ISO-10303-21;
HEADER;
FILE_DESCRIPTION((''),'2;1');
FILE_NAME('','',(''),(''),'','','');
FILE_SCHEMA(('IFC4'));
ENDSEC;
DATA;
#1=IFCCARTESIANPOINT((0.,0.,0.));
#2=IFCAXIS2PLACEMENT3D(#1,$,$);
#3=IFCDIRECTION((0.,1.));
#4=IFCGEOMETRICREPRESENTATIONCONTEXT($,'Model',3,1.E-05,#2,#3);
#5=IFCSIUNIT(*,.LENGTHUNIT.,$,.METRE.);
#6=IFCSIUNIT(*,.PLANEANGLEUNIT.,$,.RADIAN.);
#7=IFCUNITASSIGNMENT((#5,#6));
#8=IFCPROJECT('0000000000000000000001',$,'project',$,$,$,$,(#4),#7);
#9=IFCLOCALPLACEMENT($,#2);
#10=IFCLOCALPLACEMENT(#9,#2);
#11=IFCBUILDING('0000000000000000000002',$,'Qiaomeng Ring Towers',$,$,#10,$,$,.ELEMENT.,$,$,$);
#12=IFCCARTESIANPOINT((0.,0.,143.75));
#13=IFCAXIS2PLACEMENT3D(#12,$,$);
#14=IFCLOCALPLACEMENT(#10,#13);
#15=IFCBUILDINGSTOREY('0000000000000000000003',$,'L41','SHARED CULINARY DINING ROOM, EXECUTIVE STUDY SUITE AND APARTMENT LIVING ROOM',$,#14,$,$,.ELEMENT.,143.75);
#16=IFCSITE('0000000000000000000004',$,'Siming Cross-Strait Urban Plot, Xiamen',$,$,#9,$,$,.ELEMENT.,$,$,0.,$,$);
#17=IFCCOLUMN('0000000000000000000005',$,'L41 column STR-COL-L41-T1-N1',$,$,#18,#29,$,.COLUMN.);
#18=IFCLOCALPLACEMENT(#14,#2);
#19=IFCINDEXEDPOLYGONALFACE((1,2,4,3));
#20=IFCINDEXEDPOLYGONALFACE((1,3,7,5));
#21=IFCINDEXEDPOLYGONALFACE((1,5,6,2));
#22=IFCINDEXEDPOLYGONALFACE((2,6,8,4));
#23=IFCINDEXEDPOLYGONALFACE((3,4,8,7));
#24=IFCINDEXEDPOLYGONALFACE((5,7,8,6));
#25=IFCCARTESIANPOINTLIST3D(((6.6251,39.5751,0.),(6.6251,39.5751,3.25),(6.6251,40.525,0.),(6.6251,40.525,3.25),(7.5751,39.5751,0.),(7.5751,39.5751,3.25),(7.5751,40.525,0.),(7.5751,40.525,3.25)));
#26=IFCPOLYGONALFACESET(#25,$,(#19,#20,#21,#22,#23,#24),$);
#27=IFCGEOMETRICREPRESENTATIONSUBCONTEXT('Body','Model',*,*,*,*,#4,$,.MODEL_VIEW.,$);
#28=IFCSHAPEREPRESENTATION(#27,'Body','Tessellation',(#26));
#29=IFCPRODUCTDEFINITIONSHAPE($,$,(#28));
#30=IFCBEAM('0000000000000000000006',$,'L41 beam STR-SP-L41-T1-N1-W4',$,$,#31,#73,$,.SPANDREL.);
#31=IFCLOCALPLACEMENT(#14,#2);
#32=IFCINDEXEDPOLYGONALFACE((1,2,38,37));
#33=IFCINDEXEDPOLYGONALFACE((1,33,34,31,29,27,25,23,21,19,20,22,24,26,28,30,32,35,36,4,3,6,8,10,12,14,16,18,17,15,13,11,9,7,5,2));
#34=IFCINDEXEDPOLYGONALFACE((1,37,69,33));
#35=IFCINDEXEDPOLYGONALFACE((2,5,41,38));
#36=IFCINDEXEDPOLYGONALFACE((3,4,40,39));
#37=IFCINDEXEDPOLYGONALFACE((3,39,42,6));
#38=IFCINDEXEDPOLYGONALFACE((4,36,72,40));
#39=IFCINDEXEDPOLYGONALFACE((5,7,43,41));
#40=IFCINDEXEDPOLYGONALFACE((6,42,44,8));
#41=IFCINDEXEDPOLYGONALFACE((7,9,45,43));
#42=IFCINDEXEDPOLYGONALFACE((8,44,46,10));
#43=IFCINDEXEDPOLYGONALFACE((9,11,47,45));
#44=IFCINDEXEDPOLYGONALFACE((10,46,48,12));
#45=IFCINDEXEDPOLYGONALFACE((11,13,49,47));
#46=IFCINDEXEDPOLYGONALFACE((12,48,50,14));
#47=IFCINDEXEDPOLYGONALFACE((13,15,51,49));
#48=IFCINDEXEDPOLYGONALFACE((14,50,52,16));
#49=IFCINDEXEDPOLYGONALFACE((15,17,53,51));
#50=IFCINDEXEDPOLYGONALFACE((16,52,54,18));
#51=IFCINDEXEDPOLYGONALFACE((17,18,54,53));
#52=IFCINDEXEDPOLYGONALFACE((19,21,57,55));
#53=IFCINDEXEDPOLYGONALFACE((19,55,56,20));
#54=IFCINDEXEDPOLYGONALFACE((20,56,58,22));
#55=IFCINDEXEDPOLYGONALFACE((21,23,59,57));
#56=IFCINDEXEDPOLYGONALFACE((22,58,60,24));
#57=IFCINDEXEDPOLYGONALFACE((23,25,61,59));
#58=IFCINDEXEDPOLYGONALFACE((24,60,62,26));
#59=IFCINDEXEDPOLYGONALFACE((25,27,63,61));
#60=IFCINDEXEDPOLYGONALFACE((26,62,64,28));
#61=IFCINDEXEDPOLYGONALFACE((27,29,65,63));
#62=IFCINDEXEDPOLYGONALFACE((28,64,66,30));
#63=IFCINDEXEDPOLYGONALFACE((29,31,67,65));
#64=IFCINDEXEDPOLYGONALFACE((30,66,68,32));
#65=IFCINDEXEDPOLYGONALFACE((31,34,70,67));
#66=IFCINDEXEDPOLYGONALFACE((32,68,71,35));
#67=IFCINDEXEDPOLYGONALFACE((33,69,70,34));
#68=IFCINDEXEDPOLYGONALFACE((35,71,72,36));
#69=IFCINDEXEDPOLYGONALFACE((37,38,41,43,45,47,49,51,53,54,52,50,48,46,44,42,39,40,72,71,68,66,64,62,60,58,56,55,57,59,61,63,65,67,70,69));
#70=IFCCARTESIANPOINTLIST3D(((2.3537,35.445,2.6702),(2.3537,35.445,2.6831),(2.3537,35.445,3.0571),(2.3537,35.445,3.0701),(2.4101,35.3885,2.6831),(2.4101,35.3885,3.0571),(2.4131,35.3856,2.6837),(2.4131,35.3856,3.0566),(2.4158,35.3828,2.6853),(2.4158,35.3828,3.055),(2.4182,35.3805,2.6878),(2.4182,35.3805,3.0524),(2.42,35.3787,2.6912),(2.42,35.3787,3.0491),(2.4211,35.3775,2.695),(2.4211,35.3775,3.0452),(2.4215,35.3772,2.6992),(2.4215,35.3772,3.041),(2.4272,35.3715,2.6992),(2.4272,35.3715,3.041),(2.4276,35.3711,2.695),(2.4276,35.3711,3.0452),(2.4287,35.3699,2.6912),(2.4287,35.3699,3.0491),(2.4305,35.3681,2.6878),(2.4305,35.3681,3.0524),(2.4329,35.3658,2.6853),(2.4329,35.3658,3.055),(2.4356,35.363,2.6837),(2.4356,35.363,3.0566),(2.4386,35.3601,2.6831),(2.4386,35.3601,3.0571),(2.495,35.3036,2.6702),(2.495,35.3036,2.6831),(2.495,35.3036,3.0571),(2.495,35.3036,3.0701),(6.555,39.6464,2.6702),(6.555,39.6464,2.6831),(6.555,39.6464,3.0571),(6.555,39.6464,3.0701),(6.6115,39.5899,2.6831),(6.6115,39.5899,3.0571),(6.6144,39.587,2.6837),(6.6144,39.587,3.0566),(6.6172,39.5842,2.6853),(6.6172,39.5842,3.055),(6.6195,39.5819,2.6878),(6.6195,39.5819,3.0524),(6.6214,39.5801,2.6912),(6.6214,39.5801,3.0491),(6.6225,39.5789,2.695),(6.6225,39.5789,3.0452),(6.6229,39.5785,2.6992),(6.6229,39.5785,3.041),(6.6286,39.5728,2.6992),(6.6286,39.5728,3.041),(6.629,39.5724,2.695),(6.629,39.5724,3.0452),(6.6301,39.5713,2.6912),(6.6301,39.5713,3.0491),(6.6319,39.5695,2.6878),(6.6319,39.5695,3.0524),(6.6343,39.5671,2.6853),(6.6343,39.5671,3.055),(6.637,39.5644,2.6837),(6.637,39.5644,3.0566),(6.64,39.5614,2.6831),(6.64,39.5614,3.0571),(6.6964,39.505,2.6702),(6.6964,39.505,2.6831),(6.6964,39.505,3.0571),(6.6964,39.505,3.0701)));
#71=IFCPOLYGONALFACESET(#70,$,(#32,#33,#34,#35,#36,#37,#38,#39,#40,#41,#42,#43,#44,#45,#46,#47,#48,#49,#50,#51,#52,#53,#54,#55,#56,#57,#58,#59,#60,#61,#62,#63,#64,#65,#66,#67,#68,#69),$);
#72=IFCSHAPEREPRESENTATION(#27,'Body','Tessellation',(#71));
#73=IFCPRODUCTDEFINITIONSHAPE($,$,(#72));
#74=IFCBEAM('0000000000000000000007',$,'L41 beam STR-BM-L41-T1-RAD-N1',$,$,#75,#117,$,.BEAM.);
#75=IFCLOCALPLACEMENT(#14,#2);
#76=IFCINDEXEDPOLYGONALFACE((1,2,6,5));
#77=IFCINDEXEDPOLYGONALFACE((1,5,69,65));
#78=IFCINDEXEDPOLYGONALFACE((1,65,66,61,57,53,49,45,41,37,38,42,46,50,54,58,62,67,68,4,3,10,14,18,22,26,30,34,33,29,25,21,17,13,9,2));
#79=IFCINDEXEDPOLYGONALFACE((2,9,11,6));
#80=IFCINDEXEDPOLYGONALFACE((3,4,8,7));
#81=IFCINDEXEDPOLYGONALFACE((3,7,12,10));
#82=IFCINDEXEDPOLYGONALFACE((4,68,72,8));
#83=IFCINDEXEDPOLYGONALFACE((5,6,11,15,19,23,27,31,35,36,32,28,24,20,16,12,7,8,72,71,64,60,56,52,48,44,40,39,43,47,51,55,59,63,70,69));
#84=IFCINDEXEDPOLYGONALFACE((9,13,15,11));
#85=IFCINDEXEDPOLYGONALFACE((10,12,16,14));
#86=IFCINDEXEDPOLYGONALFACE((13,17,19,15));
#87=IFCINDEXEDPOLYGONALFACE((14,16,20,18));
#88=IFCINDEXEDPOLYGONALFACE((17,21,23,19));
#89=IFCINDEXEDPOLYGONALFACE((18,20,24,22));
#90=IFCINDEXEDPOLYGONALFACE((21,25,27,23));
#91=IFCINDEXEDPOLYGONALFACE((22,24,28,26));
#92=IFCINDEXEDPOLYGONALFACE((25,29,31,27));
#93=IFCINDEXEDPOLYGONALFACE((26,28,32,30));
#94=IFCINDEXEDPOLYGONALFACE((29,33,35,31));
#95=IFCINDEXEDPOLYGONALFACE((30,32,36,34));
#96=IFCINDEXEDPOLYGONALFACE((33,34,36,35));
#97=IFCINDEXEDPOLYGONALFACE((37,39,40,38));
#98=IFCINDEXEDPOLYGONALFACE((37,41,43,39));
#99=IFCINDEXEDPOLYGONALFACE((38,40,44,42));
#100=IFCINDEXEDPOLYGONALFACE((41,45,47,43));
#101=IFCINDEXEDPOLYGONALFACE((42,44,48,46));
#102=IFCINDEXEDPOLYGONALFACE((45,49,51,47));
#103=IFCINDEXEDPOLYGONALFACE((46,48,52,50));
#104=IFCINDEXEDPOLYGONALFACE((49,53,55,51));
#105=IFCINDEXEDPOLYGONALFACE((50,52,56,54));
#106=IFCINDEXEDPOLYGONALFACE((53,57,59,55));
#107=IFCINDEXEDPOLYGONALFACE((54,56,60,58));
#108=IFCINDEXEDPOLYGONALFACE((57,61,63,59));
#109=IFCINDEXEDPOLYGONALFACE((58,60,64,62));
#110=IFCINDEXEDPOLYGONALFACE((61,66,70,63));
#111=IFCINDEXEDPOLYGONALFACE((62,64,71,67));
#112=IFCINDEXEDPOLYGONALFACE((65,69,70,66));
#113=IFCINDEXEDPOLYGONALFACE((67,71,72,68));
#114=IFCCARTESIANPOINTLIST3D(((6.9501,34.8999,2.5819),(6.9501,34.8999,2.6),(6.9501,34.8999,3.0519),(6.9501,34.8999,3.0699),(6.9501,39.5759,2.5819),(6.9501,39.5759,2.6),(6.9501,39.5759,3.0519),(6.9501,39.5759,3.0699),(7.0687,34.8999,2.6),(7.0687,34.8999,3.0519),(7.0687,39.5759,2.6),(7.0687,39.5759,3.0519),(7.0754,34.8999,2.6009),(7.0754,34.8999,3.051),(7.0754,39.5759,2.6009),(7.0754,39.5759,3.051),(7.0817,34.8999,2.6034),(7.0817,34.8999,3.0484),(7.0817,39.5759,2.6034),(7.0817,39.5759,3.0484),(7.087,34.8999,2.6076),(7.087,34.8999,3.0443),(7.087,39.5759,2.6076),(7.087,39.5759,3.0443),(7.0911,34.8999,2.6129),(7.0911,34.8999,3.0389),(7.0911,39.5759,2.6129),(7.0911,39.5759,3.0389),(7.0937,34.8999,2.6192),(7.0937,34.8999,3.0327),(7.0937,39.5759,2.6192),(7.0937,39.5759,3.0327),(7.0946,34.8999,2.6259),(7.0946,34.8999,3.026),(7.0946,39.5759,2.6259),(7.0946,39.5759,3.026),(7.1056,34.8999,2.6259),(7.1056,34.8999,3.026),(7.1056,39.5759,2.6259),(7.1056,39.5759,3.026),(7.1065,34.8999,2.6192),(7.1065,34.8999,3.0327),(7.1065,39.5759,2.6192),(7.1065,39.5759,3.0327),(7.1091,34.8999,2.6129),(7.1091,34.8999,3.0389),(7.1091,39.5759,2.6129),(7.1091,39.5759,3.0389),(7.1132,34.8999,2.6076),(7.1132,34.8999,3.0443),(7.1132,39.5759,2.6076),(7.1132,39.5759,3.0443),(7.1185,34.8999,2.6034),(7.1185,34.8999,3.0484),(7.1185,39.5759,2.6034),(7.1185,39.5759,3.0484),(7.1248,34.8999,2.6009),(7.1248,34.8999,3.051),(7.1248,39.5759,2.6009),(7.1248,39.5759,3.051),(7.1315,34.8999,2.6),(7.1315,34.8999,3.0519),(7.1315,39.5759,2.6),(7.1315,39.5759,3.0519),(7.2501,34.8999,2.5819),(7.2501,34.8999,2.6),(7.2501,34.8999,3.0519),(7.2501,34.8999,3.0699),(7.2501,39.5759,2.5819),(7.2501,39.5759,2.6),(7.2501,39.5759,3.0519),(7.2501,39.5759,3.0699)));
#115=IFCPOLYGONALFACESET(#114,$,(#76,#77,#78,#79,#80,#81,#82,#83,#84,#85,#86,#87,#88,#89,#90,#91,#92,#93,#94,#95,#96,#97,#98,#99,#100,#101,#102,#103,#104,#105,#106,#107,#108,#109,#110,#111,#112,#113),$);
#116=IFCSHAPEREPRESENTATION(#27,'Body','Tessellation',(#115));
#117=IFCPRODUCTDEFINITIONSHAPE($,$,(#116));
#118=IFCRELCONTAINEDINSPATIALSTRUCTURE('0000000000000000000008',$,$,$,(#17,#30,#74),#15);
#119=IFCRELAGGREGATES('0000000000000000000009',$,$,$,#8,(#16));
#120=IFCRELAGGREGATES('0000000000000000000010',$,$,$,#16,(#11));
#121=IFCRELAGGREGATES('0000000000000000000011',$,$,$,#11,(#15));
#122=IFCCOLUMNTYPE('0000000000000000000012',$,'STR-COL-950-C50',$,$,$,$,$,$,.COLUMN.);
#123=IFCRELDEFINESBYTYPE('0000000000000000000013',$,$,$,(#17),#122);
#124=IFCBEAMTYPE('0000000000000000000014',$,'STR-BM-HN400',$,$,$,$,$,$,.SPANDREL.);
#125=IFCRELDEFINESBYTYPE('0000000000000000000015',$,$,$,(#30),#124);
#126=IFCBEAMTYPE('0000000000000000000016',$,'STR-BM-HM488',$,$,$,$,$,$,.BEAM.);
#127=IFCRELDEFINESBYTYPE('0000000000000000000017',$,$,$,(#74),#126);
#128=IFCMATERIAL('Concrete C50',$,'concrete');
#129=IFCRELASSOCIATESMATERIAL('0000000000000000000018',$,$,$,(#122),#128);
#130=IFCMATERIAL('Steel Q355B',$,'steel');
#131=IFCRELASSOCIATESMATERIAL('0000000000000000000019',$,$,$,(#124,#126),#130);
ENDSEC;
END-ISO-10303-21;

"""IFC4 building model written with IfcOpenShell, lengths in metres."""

from ifc_helpers import new_model, si_unit, direction, frame, origin, origin_2d, place, context, subcontext, project, spatial, rectangle, i_section, extrude, source, transform, mapped, material, material_profile, profile_set, type_object, element, save


model = new_model("IFC4")

# Units and contexts
model_context = context("Model", 3, precision=1e-05, world=origin(), true_north=direction((0.0, 1.0)))
body_context = subcontext(model_context, "Body", "Model", "MODEL_VIEW")
ifc_project = project(units=[si_unit("LENGTHUNIT", "METRE"), si_unit("PLANEANGLEUNIT", "RADIAN")], contexts=[model_context])

# Site, building, storey
site_placement = place(None, origin())
site = spatial("IfcSite", under=ifc_project, at=site_placement, Name="Siming Cross-Strait Urban Plot, Xiamen", CompositionType="ELEMENT", RefElevation=0.0)
building_placement = place(site_placement, origin())
building = spatial("IfcBuilding", under=site, at=building_placement, Name="Qiaomeng Ring Towers", CompositionType="ELEMENT")
storey_placement = place(building_placement, frame((0.0, 0.0, 143.75)))
storey = spatial("IfcBuildingStorey", under=building, at=storey_placement, Name="L41", Description="SHARED CULINARY DINING ROOM, EXECUTIVE STUDY SUITE AND APARTMENT LIVING ROOM", CompositionType="ELEMENT", Elevation=143.75)

# Column
ifc_material_1 = material(Name="Concrete C50", Category="concrete")
ifc_material_profile_1 = material_profile(ifc_material_1, rectangle(XDim=0.95, YDim=0.95, at=origin_2d()), Name="RC COL 950x950")
ifc_profile_set_1 = profile_set([ifc_material_profile_1], Name="Concrete C50")
column_type = type_object("IfcColumnType", Name="STR-COL-950-C50", PredefinedType="COLUMN", material=ifc_profile_set_1)
shared_shape_1 = source(origin(), body_context, "Body", "SweptSolid", [
    extrude(rectangle(XDim=0.95, YDim=0.95, at=origin_2d()), origin(), (0.0, 0.0, 1.0), 3.25),
])
column_placement = place(storey_placement, frame((7.1001, 40.05, 0.0), z_axis=(0.0, 0.0, 1.0), x_axis=(1.0, 0.0, 0.0)))
element("IfcColumn", 1, at=column_placement, inside=storey, type_object=column_type, Name="L41 column STR-COL-L41-T1-N1", PredefinedType="COLUMN", context=body_context, shape_type="MappedRepresentation", body=[
    mapped(shared_shape_1, transform((0.0, 0.0, 0.0), x_axis=(1.0, 0.0, 0.0), y_axis=(0.0, 1.0, 0.0), z_axis=(0.0, 0.0, 1.0), scale=1.0)),
])

# Beams
ifc_material_2 = material(Name="Steel Q355B", Category="steel")
ifc_material_profile_2 = material_profile(ifc_material_2, i_section(OverallWidth=0.2, OverallDepth=0.3999, WebThickness=0.0081, FlangeThickness=0.0129, FilletRadius=0.0161, at=origin_2d()), Name="HN 400x200x8x13")
ifc_profile_set_2 = profile_set([ifc_material_profile_2], Name="Steel Q355B")
beam_type_1 = type_object("IfcBeamType", Name="STR-BM-HN400", PredefinedType="SPANDREL", material=ifc_profile_set_2)
shared_shape_2 = source(origin(), body_context, "Body", "SweptSolid", [
    extrude(i_section(OverallWidth=0.2, OverallDepth=0.3999, WebThickness=0.0081, FlangeThickness=0.0129, FilletRadius=0.0161, at=origin_2d()), origin(), (0.0, 0.0, 1.0), 5.9417),
])
beam_1_placement = place(storey_placement, frame((6.6257, 39.5757, 2.8701), z_axis=(-0.707107, -0.707107, 0.0), x_axis=(0.707107, -0.707107, 0.0)))
element("IfcBeam", 2, at=beam_1_placement, inside=storey, type_object=beam_type_1, Name="L41 beam STR-SP-L41-T1-N1-W4", PredefinedType="SPANDREL", context=body_context, shape_type="MappedRepresentation", body=[
    mapped(shared_shape_2, transform((0.0, 0.0, 0.0), x_axis=(1.0, 0.0, 0.0), y_axis=(0.0, 1.0, 0.0), z_axis=(0.0, 0.0, 1.0), scale=1.0)),
])
ifc_material_profile_3 = material_profile(ifc_material_2, i_section(OverallWidth=0.3, OverallDepth=0.488, WebThickness=0.011, FlangeThickness=0.0181, FilletRadius=0.0259, at=origin_2d()), Name="HM 488x300x11x18")
ifc_profile_set_3 = profile_set([ifc_material_profile_3], Name="Steel Q355B")
beam_type_2 = type_object("IfcBeamType", Name="STR-BM-HM488", PredefinedType="BEAM", material=ifc_profile_set_3)
shared_shape_3 = source(origin(), body_context, "Body", "SweptSolid", [
    extrude(i_section(OverallWidth=0.3, OverallDepth=0.488, WebThickness=0.011, FlangeThickness=0.0181, FilletRadius=0.0259, at=origin_2d()), origin(), (0.0, 0.0, 1.0), 4.676),
])
beam_2_placement = place(storey_placement, frame((7.1001, 39.5759, 2.8259), z_axis=(0.0, -1.0, 0.0), x_axis=(1.0, 0.0, 0.0)))
element("IfcBeam", 3, at=beam_2_placement, inside=storey, type_object=beam_type_2, Name="L41 beam STR-BM-L41-T1-RAD-N1", PredefinedType="BEAM", context=body_context, shape_type="MappedRepresentation", body=[
    mapped(shared_shape_3, transform((0.0, 0.0, 0.0), x_axis=(1.0, 0.0, 0.0), y_axis=(0.0, 1.0, 0.0), z_axis=(0.0, 0.0, 1.0), scale=1.0)),
])

save(model, "model.ifc")
